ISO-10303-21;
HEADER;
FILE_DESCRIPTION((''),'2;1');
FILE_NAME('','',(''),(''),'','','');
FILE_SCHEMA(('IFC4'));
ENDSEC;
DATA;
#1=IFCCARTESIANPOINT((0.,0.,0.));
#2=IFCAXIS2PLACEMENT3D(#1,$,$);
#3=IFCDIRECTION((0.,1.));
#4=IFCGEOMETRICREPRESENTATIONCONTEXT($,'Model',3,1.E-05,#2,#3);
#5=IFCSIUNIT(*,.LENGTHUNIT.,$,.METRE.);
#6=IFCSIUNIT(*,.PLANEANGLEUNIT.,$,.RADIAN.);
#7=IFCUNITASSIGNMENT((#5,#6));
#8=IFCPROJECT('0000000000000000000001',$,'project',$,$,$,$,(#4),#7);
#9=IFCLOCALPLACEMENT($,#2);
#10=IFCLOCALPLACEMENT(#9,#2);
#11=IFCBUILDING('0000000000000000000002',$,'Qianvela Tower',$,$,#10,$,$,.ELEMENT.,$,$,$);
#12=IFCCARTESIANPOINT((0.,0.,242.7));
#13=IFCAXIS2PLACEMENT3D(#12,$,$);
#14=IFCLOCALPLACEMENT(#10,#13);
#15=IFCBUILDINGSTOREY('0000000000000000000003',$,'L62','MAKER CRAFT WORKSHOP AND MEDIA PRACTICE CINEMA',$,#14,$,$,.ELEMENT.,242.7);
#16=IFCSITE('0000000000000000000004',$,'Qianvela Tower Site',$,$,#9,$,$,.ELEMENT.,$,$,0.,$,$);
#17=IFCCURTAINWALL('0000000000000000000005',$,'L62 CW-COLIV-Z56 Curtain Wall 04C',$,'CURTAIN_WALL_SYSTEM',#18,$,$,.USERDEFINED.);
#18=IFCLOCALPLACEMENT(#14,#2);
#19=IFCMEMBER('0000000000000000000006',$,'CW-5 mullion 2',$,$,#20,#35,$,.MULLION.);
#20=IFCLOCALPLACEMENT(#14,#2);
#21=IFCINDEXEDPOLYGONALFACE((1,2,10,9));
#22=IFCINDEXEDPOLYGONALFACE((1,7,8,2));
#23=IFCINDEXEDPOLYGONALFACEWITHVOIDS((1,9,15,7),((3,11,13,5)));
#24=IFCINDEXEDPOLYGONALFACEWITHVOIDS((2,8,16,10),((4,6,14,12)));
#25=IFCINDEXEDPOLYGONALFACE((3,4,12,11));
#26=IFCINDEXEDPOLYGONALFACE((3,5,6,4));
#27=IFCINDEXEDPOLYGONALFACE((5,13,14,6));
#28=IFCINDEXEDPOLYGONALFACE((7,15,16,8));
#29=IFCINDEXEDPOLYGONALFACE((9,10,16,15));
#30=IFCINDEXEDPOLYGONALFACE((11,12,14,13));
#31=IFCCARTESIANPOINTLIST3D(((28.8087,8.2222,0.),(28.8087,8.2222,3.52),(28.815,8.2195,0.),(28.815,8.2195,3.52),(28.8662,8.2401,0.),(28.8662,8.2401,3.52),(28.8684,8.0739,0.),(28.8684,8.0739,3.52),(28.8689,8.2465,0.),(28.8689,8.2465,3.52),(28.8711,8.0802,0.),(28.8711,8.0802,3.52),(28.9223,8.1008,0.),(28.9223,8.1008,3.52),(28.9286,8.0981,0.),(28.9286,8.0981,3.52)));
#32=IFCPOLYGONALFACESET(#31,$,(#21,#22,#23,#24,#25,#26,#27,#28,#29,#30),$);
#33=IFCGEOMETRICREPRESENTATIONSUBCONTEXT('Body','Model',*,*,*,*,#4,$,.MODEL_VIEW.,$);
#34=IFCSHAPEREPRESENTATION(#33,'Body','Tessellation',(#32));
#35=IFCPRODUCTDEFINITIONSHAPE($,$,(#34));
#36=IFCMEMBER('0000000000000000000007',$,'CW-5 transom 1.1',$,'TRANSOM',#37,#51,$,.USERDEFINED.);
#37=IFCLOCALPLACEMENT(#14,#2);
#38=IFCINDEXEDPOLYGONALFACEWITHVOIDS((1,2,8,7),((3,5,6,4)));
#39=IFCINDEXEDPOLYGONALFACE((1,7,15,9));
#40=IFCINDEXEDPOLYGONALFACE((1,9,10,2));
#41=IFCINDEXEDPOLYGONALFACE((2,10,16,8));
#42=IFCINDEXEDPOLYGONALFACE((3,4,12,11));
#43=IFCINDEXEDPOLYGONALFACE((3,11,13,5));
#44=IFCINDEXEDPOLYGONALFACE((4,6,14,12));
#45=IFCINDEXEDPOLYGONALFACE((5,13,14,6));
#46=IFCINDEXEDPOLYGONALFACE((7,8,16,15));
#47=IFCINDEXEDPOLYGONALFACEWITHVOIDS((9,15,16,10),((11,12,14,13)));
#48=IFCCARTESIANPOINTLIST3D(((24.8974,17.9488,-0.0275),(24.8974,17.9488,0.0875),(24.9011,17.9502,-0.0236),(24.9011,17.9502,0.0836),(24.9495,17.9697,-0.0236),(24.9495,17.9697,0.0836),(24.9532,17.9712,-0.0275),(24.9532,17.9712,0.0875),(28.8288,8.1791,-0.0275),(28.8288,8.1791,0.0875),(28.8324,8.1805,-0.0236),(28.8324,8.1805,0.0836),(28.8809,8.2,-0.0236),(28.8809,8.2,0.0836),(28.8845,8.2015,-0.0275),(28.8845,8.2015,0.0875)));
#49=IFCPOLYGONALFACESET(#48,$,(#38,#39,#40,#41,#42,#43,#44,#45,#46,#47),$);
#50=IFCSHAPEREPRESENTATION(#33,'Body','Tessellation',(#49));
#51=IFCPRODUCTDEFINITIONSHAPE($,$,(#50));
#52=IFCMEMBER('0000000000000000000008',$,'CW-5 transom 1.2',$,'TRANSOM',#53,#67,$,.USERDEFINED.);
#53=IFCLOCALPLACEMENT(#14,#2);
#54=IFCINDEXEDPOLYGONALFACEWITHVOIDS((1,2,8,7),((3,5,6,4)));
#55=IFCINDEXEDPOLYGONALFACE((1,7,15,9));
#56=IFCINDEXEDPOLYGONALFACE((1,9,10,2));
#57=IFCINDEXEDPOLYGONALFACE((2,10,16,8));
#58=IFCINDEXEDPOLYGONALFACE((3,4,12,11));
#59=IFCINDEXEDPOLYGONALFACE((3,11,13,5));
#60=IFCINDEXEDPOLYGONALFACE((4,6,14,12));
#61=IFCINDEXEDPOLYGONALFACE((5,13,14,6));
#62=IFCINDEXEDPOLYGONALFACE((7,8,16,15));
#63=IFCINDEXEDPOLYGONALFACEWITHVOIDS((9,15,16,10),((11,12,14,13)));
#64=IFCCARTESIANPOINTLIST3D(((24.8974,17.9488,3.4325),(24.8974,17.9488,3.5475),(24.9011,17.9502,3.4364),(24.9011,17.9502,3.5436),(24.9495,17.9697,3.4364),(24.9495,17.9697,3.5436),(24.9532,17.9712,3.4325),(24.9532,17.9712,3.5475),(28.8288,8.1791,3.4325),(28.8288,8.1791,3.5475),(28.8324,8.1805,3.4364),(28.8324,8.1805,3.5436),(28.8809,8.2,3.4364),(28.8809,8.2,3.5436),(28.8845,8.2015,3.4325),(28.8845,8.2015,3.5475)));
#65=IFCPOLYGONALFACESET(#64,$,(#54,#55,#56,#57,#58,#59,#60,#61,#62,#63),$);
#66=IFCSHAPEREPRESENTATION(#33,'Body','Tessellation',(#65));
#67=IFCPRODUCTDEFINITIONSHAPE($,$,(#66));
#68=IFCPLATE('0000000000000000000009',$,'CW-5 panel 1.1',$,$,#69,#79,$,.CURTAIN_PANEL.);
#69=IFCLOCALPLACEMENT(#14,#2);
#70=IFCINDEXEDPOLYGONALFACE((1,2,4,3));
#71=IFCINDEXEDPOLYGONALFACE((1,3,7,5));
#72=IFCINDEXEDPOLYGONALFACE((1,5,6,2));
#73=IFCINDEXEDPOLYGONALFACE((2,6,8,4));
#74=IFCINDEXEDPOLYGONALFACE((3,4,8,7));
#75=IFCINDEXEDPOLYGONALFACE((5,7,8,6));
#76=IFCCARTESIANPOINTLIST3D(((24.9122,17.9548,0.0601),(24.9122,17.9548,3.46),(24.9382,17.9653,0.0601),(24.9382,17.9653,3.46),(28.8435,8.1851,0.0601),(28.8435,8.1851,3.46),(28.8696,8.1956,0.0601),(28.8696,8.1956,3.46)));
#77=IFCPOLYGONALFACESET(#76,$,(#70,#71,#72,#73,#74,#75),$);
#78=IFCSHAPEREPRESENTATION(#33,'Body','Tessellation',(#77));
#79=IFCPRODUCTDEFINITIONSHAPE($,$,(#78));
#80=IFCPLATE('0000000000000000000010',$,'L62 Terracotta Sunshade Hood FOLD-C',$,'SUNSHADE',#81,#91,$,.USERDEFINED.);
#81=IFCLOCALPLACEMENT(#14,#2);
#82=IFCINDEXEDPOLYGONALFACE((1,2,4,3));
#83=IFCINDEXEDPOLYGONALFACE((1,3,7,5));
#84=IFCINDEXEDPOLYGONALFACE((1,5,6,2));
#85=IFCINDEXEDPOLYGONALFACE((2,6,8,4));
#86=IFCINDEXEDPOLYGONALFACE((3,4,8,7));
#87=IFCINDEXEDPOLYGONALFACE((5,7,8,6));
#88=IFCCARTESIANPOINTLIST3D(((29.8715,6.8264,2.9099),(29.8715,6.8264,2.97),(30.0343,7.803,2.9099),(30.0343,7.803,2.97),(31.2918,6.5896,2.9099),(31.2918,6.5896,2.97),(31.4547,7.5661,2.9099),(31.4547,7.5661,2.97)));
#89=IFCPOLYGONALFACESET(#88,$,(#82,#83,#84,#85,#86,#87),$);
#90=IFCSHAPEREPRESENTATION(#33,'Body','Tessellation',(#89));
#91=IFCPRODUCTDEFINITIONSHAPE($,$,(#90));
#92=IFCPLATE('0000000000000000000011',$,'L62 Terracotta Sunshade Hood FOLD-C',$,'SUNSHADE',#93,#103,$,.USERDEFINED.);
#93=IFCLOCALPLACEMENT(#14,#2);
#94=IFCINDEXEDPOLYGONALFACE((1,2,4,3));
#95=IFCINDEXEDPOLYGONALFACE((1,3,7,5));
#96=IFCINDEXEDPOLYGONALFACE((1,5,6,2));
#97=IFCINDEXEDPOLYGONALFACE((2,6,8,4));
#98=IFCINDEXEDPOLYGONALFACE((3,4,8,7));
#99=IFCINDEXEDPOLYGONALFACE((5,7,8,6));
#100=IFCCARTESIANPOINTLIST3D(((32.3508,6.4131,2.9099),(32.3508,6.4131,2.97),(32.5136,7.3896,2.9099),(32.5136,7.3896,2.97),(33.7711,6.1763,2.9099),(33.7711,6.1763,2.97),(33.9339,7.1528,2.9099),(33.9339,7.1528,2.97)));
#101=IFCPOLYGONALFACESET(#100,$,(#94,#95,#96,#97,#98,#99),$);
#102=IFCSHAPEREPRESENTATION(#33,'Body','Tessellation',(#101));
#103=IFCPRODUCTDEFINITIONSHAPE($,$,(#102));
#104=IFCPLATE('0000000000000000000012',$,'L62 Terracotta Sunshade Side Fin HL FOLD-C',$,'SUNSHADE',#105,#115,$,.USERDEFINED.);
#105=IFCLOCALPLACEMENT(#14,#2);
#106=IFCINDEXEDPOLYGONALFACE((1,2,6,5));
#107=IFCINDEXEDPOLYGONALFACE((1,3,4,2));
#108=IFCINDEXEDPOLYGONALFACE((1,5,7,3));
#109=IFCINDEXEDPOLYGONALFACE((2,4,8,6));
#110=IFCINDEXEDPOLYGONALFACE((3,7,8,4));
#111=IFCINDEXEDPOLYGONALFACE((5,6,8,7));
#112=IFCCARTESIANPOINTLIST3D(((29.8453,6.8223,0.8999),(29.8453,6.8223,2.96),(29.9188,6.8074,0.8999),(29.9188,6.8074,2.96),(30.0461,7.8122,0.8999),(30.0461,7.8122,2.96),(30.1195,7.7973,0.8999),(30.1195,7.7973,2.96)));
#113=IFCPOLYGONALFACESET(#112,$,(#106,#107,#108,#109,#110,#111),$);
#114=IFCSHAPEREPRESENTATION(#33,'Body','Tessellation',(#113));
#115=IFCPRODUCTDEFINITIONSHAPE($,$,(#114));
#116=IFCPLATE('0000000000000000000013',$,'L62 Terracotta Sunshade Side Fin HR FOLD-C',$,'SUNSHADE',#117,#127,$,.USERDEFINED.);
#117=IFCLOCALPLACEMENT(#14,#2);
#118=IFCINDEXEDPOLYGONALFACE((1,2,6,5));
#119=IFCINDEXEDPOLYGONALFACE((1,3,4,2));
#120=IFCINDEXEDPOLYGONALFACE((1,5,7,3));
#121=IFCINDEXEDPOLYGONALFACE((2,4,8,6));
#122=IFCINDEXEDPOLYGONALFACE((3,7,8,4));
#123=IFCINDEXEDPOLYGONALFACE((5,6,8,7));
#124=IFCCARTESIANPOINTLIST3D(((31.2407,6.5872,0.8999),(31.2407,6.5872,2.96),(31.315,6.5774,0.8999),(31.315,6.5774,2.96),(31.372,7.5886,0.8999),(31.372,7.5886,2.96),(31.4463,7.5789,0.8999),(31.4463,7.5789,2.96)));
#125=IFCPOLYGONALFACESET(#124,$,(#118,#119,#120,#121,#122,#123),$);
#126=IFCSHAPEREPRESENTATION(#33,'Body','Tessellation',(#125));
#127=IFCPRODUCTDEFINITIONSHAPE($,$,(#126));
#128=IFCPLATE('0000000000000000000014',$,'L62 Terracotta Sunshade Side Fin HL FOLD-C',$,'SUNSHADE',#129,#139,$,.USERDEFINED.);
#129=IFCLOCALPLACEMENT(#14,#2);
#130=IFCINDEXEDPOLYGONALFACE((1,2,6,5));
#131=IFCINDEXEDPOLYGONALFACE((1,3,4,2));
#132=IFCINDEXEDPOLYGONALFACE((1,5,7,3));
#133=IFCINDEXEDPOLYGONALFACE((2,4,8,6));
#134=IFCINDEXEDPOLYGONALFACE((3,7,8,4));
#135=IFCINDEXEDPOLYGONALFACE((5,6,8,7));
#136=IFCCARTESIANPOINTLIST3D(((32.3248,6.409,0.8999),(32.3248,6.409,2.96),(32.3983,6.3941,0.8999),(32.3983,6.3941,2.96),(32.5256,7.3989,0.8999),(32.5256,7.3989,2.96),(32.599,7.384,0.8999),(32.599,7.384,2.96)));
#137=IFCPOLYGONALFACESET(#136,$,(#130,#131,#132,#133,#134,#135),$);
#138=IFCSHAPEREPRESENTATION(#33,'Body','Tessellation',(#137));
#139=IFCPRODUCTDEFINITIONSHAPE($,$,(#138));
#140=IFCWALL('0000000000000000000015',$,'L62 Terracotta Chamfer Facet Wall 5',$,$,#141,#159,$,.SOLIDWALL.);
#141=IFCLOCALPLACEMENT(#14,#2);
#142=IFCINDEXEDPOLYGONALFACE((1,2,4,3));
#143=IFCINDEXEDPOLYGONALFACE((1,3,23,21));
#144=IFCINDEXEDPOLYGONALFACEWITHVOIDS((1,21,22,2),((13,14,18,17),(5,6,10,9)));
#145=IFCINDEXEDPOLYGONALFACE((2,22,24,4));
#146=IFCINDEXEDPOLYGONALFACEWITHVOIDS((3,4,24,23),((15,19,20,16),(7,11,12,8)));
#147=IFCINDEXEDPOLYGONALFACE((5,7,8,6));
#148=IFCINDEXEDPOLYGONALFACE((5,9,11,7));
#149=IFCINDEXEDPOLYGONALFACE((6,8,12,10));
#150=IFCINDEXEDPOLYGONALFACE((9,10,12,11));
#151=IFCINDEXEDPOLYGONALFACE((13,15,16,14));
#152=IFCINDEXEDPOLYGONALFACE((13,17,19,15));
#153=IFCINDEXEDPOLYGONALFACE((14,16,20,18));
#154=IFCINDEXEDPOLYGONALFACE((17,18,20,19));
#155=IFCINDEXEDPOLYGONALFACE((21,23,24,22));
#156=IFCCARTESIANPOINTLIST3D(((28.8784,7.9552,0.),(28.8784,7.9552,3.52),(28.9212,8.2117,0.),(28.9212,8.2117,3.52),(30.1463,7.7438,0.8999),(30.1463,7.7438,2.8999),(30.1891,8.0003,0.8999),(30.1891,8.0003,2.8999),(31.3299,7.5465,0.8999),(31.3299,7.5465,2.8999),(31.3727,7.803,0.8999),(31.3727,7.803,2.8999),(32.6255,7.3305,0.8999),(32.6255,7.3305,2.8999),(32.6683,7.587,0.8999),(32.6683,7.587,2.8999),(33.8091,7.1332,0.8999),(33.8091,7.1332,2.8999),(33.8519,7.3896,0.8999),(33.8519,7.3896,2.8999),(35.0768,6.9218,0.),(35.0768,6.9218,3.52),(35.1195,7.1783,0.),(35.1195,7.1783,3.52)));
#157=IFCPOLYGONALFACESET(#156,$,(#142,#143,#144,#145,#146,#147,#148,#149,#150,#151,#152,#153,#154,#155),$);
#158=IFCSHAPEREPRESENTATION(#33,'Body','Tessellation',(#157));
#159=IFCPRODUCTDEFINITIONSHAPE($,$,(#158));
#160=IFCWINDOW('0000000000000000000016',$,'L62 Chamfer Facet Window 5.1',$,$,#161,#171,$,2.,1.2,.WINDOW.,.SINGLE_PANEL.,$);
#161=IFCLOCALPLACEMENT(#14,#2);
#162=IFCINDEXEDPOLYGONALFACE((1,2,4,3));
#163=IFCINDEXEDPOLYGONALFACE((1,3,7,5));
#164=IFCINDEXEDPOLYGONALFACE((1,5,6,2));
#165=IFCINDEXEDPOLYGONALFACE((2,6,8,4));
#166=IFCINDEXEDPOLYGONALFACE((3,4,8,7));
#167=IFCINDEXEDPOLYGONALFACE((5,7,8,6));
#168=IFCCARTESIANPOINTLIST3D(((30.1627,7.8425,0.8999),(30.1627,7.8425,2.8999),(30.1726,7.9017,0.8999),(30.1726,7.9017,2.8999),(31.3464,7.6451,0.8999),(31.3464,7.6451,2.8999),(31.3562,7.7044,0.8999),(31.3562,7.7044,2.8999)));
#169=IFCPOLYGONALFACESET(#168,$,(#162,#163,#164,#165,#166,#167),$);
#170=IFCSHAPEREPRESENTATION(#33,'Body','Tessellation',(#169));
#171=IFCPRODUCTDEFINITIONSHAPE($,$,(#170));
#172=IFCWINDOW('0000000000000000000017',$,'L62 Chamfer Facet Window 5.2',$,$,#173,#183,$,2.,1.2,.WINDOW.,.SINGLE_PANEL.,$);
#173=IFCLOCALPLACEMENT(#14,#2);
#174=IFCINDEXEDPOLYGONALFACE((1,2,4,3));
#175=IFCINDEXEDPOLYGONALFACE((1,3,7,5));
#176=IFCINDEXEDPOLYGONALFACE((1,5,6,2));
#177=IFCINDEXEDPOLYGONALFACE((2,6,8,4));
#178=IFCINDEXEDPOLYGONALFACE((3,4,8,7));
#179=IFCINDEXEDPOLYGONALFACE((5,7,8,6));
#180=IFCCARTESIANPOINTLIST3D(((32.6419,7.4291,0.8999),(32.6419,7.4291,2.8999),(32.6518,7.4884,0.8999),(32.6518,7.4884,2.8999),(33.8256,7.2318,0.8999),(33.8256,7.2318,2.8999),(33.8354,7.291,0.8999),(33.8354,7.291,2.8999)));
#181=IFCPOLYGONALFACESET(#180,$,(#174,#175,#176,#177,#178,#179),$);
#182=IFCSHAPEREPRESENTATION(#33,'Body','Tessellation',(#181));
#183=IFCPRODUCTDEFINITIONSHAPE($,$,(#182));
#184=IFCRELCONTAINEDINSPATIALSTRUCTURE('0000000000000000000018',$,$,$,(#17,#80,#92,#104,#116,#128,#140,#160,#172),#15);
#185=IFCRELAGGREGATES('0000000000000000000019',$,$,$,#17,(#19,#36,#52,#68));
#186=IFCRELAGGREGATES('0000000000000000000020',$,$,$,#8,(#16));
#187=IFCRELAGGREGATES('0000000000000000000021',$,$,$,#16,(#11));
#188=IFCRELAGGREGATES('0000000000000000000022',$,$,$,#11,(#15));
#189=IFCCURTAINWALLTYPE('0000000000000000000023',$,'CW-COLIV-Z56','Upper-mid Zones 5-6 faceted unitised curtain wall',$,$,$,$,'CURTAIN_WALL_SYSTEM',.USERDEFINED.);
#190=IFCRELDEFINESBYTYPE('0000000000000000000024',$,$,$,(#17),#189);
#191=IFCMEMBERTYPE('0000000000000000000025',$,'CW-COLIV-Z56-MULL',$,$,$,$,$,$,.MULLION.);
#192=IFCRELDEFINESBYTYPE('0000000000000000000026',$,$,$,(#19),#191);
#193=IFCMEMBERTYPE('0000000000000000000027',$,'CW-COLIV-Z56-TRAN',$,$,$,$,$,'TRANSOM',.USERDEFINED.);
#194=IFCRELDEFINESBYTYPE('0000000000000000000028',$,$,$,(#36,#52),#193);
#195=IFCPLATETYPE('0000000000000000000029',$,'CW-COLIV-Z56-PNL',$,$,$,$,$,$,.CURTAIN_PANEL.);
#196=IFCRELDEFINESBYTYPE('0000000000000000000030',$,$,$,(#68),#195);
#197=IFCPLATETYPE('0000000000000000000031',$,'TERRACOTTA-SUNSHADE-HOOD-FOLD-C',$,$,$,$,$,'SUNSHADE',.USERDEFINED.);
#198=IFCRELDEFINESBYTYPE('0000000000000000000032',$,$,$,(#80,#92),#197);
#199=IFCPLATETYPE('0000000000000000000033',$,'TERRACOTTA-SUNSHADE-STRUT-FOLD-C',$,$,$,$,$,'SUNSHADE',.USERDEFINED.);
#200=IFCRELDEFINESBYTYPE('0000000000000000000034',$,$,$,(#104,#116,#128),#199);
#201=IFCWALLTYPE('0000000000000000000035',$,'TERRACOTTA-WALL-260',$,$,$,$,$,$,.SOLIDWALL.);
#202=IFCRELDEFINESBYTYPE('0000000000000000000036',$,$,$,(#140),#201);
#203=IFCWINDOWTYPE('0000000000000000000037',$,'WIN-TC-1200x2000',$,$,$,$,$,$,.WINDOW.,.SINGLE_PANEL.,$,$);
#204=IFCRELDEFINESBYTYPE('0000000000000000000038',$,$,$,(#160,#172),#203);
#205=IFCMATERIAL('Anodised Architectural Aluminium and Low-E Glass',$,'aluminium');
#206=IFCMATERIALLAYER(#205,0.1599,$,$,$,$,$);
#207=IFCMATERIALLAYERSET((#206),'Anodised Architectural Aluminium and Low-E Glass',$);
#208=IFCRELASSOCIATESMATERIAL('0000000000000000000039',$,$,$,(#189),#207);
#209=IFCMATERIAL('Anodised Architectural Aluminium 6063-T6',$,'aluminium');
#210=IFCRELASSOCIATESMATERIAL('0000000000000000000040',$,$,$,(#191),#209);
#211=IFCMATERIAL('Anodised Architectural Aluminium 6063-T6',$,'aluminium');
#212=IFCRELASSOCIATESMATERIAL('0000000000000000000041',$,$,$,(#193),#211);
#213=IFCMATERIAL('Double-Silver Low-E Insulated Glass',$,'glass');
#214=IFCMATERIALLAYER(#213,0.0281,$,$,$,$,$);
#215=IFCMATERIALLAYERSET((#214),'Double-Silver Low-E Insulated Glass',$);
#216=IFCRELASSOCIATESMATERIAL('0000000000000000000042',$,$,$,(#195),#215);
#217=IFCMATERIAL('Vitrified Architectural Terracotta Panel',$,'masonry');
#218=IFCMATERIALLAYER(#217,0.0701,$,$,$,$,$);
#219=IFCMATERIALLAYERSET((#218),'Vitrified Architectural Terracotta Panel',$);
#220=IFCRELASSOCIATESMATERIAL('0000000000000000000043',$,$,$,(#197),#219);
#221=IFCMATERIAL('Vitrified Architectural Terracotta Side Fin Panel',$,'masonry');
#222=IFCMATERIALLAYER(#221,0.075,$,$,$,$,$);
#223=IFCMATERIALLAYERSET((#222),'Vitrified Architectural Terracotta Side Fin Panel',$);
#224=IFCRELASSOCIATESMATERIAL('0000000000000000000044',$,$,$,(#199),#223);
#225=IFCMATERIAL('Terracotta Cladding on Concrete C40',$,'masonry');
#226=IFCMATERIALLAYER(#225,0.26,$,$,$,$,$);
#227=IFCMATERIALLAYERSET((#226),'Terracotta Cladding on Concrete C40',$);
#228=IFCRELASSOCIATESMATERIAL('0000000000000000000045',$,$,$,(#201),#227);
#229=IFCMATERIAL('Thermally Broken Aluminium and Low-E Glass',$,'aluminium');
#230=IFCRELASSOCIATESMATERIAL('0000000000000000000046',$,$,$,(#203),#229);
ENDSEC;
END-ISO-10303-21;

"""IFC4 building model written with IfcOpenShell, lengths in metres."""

from ifc_helpers import new_model, si_unit, direction, frame, frame_2d, origin, origin_2d, place, context, subcontext, project, spatial, rectangle, hollow_rectangle, extrude, material, layer, layer_set, material_profile, profile_set, type_object, element, fill, aggregate, save


model = new_model("IFC4")

# Units and contexts
model_context = context("Model", 3, precision=1e-05, world=origin(), true_north=direction((0.0, 1.0)))
body_context = subcontext(model_context, "Body", "Model", "MODEL_VIEW")
ifc_project = project(units=[si_unit("LENGTHUNIT", "METRE"), si_unit("PLANEANGLEUNIT", "RADIAN")], contexts=[model_context])

# Site, building, storey
site_placement = place(None, origin())
site = spatial("IfcSite", under=ifc_project, at=site_placement, Name="Qianvela Tower Site", CompositionType="ELEMENT", RefElevation=0.0)
building_placement = place(site_placement, origin())
building = spatial("IfcBuilding", under=site, at=building_placement, Name="Qianvela Tower", CompositionType="ELEMENT")
storey_placement = place(building_placement, frame((0.0, 0.0, 242.7)))
storey = spatial("IfcBuildingStorey", under=building, at=storey_placement, Name="L62", Description="MAKER CRAFT WORKSHOP AND MEDIA PRACTICE CINEMA", CompositionType="ELEMENT", Elevation=242.7)

# Curtain wall, members, plate
ifc_material_1 = material(Name="Anodised Architectural Aluminium and Low-E Glass", Category="aluminium")
ifc_layer_1 = layer(ifc_material_1, 0.1599)
ifc_layer_set_1 = layer_set([ifc_layer_1], Name="Anodised Architectural Aluminium and Low-E Glass")
curtain_wall_type = type_object("IfcCurtainWallType", Name="CW-COLIV-Z56", Description="Upper-mid Zones 5-6 faceted unitised curtain wall", ElementType="CURTAIN_WALL_SYSTEM", PredefinedType="USERDEFINED", material=ifc_layer_set_1)
curtain_wall_placement = place(storey_placement, origin())
curtain_wall = element("IfcCurtainWall", 1, at=curtain_wall_placement, inside=storey, type_object=curtain_wall_type, Name="L62 CW-COLIV-Z56 Curtain Wall 04C", ObjectType="CURTAIN_WALL_SYSTEM", PredefinedType="USERDEFINED")
ifc_material_2 = material(Name="Anodised Architectural Aluminium 6063-T6", Category="aluminium")
ifc_material_profile_1 = material_profile(ifc_material_2, hollow_rectangle(XDim=0.0649, YDim=0.1599, WallThickness=0.0049, at=origin_2d()), Name="ALU-MULL-65x160")
ifc_profile_set_1 = profile_set([ifc_material_profile_1], Name="Anodised Architectural Aluminium 6063-T6")
member_type_1 = type_object("IfcMemberType", Name="CW-COLIV-Z56-MULL", PredefinedType="MULLION", material=ifc_profile_set_1)
member_1_placement = place(storey_placement, frame((28.8687, 8.1602, 0.0), z_axis=(0.0, 0.0, 1.0), x_axis=(0.927707, 0.37331, 0.0)))
member_1 = element("IfcMember", 2, at=member_1_placement, type_object=member_type_1, Name="CW-5 mullion 2", PredefinedType="MULLION", context=body_context, shape_type="SweptSolid", body=[
    extrude(hollow_rectangle(XDim=0.0649, YDim=0.1599, WallThickness=0.0049, at=origin_2d()), origin(), (0.0, 0.0, 1.0), 3.52),
])
ifc_material_3 = material(Name="Anodised Architectural Aluminium 6063-T6", Category="aluminium")
ifc_material_profile_2 = material_profile(ifc_material_3, hollow_rectangle(XDim=0.0601, YDim=0.115, WallThickness=0.0039, at=origin_2d()), Name="ALU-TRAN-60x115")
ifc_profile_set_2 = profile_set([ifc_material_profile_2], Name="Anodised Architectural Aluminium 6063-T6")
member_type_2 = type_object("IfcMemberType", Name="CW-COLIV-Z56-TRAN", ElementType="TRANSOM", PredefinedType="USERDEFINED", material=ifc_profile_set_2)
member_2_placement = place(storey_placement, frame((24.9253, 17.96, 0.03), z_axis=(0.373312, -0.927706, 0.0), x_axis=(0.927706, 0.373312, 0.0)))
member_2 = element("IfcMember", 3, at=member_2_placement, type_object=member_type_2, Name="CW-5 transom 1.1", ObjectType="TRANSOM", PredefinedType="USERDEFINED", context=body_context, shape_type="SweptSolid", body=[
    extrude(hollow_rectangle(XDim=0.0601, YDim=0.115, WallThickness=0.0039, at=origin_2d()), origin(), (0.0, 0.0, 1.0), 10.531),
])
member_3_placement = place(storey_placement, frame((24.9253, 17.96, 3.49), z_axis=(0.373312, -0.927706, 0.0), x_axis=(0.927706, 0.373312, 0.0)))
member_3 = element("IfcMember", 4, at=member_3_placement, type_object=member_type_2, Name="CW-5 transom 1.2", ObjectType="TRANSOM", PredefinedType="USERDEFINED", context=body_context, shape_type="SweptSolid", body=[
    extrude(hollow_rectangle(XDim=0.0601, YDim=0.115, WallThickness=0.0039, at=origin_2d()), origin(), (0.0, 0.0, 1.0), 10.531),
])
ifc_material_4 = material(Name="Double-Silver Low-E Insulated Glass", Category="glass")
ifc_layer_2 = layer(ifc_material_4, 0.0281)
ifc_layer_set_2 = layer_set([ifc_layer_2], Name="Double-Silver Low-E Insulated Glass")
plate_type_1 = type_object("IfcPlateType", Name="CW-COLIV-Z56-PNL", PredefinedType="CURTAIN_PANEL", material=ifc_layer_set_2)
plate_placement = place(storey_placement, frame((26.8909, 13.0752, 0.0601), z_axis=(0.0, 0.0, 1.0), x_axis=(0.37331, -0.927707, 0.0)))
plate = element("IfcPlate", 5, at=plate_placement, type_object=plate_type_1, Name="CW-5 panel 1.1", PredefinedType="CURTAIN_PANEL", context=body_context, shape_type="SweptSolid", body=[
    extrude(rectangle(XDim=10.531, YDim=0.0281, at=origin_2d()), origin(), (0.0, 0.0, 1.0), 3.3999),
])
aggregate(curtain_wall, [member_1, member_2, member_3, plate])

# Plates
ifc_material_5 = material(Name="Vitrified Architectural Terracotta Panel", Category="masonry")
ifc_layer_3 = layer(ifc_material_5, 0.0701)
ifc_layer_set_3 = layer_set([ifc_layer_3], Name="Vitrified Architectural Terracotta Panel")
plate_type_2 = type_object("IfcPlateType", Name="TERRACOTTA-SUNSHADE-HOOD-FOLD-C", ElementType="SUNSHADE", PredefinedType="USERDEFINED", material=ifc_layer_set_3)
for number, where, z_axis, x_axis, name in (
    (6, (30.6631, 7.1963, 2.9099), (0.0, 0.0, 1.0), (0.986384, -0.164461, 0.0), "L62 Terracotta Sunshade Hood FOLD-C"),
    (7, (33.1423, 6.783, 2.9099), (0.0, 0.0, 1.0), (0.986384, -0.164461, 0.0), "L62 Terracotta Sunshade Hood FOLD-C"),
):
    element("IfcPlate", number, at=place(storey_placement, frame(where, z_axis=z_axis, x_axis=x_axis)), inside=storey, type_object=plate_type_2, Name=name, ObjectType="SUNSHADE", PredefinedType="USERDEFINED", context=body_context, shape_type="SweptSolid", body=[
        extrude(rectangle(XDim=1.4399, YDim=0.99, at=origin_2d()), origin(), (0.0, 0.0, 1.0), 0.0601),
    ])
ifc_material_6 = material(Name="Vitrified Architectural Terracotta Side Fin Panel", Category="masonry")
ifc_layer_4 = layer(ifc_material_6, 0.075)
ifc_layer_set_4 = layer_set([ifc_layer_4], Name="Vitrified Architectural Terracotta Side Fin Panel")
plate_type_3 = type_object("IfcPlateType", Name="TERRACOTTA-SUNSHADE-STRUT-FOLD-C", ElementType="SUNSHADE", PredefinedType="USERDEFINED", material=ifc_layer_set_4)
for number, where, z_axis, x_axis, name in (
    (8, (29.9824, 7.3098, 0.8999), (0.0, 0.0, 1.0), (0.980043, -0.198785, 0.0), "L62 Terracotta Sunshade Side Fin HL FOLD-C"),
    (9, (31.3435, 7.083, 0.8999), (0.0, 0.0, 1.0), (0.991522, -0.129936, 0.0), "L62 Terracotta Sunshade Side Fin HR FOLD-C"),
    (10, (32.4619, 6.8965, 0.8999), (0.0, 0.0, 1.0), (0.980043, -0.198785, 0.0), "L62 Terracotta Sunshade Side Fin HL FOLD-C"),
):
    element("IfcPlate", number, at=place(storey_placement, frame(where, z_axis=z_axis, x_axis=x_axis)), inside=storey, type_object=plate_type_3, Name=name, ObjectType="SUNSHADE", PredefinedType="USERDEFINED", context=body_context, shape_type="SweptSolid", body=[
        extrude(rectangle(XDim=0.075, YDim=1.01, at=origin_2d()), origin(), (0.0, 0.0, 1.0), 2.0601),
    ])

# Wall, openings, windows
ifc_material_7 = material(Name="Terracotta Cladding on Concrete C40", Category="masonry")
ifc_layer_5 = layer(ifc_material_7, 0.26)
ifc_layer_set_5 = layer_set([ifc_layer_5], Name="Terracotta Cladding on Concrete C40")
wall_type_1 = type_object("IfcWallType", Name="TERRACOTTA-WALL-260", PredefinedType="SOLIDWALL", material=ifc_layer_set_5)
wall_1_placement = place(storey_placement, frame((28.8997, 8.0835, 0.0), z_axis=(0.0, 0.0, 1.0), x_axis=(0.986384, -0.164456, 0.0)))
wall_1 = element("IfcWall", 11, at=wall_1_placement, inside=storey, type_object=wall_type_1, Name="L62 Terracotta Chamfer Facet Wall 5", PredefinedType="SOLIDWALL", context=body_context, shape_type="SweptSolid", body=[
    extrude(rectangle(XDim=6.2839, YDim=0.26, at=frame_2d((3.1421, 0.0))), origin(), (0.0, 0.0, 1.0), 3.52),
])
opening_1_placement = place(wall_1_placement, frame((1.2854, 0.0, 0.8999)))
opening_1 = element("IfcOpeningElement", 12, at=opening_1_placement, cuts=wall_1, PredefinedType="OPENING", context=body_context, shape_type="SweptSolid", body=[
    extrude(rectangle(XDim=1.2, YDim=2.0, at=frame_2d((0.6001, 1.0))), frame((0.0, 0.1399, 0.0), z_axis=(0.0, -1.0, 0.0), x_axis=(1.0, 0.0, 0.0)), (0.0, 0.0, 1.0), 0.28),
])
opening_2_placement = place(wall_1_placement, frame((3.7988, 0.0, 0.8999)))
opening_2 = element("IfcOpeningElement", 13, at=opening_2_placement, cuts=wall_1, PredefinedType="OPENING", context=body_context, shape_type="SweptSolid", body=[
    extrude(rectangle(XDim=1.2, YDim=2.0, at=frame_2d((0.6001, 1.0))), frame((0.0, 0.1399, 0.0), z_axis=(0.0, -1.0, 0.0), x_axis=(1.0, 0.0, 0.0)), (0.0, 0.0, 1.0), 0.28),
])
ifc_material_8 = material(Name="Thermally Broken Aluminium and Low-E Glass", Category="aluminium")
window_type = type_object("IfcWindowType", Name="WIN-TC-1200x2000", PartitioningType="SINGLE_PANEL", PredefinedType="WINDOW", material=ifc_material_8)
window_1_placement = place(opening_1_placement, origin())
window_1 = element("IfcWindow", 14, at=window_1_placement, inside=storey, type_object=window_type, Name="L62 Chamfer Facet Window 5.1", OverallHeight=2.0, OverallWidth=1.2, PartitioningType="SINGLE_PANEL", PredefinedType="WINDOW", context=body_context, shape_type="SweptSolid", body=[
    extrude(rectangle(XDim=1.2, YDim=2.0, at=frame_2d((0.6001, 1.0))), frame((0.0, 0.03, 0.0), z_axis=(0.0, -1.0, 0.0), x_axis=(1.0, 0.0, 0.0)), (0.0, 0.0, 1.0), 0.0601),
])
fill(opening_1, window_1)
window_2_placement = place(opening_2_placement, origin())
window_2 = element("IfcWindow", 15, at=window_2_placement, inside=storey, type_object=window_type, Name="L62 Chamfer Facet Window 5.2", OverallHeight=2.0, OverallWidth=1.2, PartitioningType="SINGLE_PANEL", PredefinedType="WINDOW", context=body_context, shape_type="SweptSolid", body=[
    extrude(rectangle(XDim=1.2, YDim=2.0, at=frame_2d((0.6001, 1.0))), frame((0.0, 0.03, 0.0), z_axis=(0.0, -1.0, 0.0), x_axis=(1.0, 0.0, 0.0)), (0.0, 0.0, 1.0), 0.0601),
])
fill(opening_2, window_2)

save(model, "model.ifc")
